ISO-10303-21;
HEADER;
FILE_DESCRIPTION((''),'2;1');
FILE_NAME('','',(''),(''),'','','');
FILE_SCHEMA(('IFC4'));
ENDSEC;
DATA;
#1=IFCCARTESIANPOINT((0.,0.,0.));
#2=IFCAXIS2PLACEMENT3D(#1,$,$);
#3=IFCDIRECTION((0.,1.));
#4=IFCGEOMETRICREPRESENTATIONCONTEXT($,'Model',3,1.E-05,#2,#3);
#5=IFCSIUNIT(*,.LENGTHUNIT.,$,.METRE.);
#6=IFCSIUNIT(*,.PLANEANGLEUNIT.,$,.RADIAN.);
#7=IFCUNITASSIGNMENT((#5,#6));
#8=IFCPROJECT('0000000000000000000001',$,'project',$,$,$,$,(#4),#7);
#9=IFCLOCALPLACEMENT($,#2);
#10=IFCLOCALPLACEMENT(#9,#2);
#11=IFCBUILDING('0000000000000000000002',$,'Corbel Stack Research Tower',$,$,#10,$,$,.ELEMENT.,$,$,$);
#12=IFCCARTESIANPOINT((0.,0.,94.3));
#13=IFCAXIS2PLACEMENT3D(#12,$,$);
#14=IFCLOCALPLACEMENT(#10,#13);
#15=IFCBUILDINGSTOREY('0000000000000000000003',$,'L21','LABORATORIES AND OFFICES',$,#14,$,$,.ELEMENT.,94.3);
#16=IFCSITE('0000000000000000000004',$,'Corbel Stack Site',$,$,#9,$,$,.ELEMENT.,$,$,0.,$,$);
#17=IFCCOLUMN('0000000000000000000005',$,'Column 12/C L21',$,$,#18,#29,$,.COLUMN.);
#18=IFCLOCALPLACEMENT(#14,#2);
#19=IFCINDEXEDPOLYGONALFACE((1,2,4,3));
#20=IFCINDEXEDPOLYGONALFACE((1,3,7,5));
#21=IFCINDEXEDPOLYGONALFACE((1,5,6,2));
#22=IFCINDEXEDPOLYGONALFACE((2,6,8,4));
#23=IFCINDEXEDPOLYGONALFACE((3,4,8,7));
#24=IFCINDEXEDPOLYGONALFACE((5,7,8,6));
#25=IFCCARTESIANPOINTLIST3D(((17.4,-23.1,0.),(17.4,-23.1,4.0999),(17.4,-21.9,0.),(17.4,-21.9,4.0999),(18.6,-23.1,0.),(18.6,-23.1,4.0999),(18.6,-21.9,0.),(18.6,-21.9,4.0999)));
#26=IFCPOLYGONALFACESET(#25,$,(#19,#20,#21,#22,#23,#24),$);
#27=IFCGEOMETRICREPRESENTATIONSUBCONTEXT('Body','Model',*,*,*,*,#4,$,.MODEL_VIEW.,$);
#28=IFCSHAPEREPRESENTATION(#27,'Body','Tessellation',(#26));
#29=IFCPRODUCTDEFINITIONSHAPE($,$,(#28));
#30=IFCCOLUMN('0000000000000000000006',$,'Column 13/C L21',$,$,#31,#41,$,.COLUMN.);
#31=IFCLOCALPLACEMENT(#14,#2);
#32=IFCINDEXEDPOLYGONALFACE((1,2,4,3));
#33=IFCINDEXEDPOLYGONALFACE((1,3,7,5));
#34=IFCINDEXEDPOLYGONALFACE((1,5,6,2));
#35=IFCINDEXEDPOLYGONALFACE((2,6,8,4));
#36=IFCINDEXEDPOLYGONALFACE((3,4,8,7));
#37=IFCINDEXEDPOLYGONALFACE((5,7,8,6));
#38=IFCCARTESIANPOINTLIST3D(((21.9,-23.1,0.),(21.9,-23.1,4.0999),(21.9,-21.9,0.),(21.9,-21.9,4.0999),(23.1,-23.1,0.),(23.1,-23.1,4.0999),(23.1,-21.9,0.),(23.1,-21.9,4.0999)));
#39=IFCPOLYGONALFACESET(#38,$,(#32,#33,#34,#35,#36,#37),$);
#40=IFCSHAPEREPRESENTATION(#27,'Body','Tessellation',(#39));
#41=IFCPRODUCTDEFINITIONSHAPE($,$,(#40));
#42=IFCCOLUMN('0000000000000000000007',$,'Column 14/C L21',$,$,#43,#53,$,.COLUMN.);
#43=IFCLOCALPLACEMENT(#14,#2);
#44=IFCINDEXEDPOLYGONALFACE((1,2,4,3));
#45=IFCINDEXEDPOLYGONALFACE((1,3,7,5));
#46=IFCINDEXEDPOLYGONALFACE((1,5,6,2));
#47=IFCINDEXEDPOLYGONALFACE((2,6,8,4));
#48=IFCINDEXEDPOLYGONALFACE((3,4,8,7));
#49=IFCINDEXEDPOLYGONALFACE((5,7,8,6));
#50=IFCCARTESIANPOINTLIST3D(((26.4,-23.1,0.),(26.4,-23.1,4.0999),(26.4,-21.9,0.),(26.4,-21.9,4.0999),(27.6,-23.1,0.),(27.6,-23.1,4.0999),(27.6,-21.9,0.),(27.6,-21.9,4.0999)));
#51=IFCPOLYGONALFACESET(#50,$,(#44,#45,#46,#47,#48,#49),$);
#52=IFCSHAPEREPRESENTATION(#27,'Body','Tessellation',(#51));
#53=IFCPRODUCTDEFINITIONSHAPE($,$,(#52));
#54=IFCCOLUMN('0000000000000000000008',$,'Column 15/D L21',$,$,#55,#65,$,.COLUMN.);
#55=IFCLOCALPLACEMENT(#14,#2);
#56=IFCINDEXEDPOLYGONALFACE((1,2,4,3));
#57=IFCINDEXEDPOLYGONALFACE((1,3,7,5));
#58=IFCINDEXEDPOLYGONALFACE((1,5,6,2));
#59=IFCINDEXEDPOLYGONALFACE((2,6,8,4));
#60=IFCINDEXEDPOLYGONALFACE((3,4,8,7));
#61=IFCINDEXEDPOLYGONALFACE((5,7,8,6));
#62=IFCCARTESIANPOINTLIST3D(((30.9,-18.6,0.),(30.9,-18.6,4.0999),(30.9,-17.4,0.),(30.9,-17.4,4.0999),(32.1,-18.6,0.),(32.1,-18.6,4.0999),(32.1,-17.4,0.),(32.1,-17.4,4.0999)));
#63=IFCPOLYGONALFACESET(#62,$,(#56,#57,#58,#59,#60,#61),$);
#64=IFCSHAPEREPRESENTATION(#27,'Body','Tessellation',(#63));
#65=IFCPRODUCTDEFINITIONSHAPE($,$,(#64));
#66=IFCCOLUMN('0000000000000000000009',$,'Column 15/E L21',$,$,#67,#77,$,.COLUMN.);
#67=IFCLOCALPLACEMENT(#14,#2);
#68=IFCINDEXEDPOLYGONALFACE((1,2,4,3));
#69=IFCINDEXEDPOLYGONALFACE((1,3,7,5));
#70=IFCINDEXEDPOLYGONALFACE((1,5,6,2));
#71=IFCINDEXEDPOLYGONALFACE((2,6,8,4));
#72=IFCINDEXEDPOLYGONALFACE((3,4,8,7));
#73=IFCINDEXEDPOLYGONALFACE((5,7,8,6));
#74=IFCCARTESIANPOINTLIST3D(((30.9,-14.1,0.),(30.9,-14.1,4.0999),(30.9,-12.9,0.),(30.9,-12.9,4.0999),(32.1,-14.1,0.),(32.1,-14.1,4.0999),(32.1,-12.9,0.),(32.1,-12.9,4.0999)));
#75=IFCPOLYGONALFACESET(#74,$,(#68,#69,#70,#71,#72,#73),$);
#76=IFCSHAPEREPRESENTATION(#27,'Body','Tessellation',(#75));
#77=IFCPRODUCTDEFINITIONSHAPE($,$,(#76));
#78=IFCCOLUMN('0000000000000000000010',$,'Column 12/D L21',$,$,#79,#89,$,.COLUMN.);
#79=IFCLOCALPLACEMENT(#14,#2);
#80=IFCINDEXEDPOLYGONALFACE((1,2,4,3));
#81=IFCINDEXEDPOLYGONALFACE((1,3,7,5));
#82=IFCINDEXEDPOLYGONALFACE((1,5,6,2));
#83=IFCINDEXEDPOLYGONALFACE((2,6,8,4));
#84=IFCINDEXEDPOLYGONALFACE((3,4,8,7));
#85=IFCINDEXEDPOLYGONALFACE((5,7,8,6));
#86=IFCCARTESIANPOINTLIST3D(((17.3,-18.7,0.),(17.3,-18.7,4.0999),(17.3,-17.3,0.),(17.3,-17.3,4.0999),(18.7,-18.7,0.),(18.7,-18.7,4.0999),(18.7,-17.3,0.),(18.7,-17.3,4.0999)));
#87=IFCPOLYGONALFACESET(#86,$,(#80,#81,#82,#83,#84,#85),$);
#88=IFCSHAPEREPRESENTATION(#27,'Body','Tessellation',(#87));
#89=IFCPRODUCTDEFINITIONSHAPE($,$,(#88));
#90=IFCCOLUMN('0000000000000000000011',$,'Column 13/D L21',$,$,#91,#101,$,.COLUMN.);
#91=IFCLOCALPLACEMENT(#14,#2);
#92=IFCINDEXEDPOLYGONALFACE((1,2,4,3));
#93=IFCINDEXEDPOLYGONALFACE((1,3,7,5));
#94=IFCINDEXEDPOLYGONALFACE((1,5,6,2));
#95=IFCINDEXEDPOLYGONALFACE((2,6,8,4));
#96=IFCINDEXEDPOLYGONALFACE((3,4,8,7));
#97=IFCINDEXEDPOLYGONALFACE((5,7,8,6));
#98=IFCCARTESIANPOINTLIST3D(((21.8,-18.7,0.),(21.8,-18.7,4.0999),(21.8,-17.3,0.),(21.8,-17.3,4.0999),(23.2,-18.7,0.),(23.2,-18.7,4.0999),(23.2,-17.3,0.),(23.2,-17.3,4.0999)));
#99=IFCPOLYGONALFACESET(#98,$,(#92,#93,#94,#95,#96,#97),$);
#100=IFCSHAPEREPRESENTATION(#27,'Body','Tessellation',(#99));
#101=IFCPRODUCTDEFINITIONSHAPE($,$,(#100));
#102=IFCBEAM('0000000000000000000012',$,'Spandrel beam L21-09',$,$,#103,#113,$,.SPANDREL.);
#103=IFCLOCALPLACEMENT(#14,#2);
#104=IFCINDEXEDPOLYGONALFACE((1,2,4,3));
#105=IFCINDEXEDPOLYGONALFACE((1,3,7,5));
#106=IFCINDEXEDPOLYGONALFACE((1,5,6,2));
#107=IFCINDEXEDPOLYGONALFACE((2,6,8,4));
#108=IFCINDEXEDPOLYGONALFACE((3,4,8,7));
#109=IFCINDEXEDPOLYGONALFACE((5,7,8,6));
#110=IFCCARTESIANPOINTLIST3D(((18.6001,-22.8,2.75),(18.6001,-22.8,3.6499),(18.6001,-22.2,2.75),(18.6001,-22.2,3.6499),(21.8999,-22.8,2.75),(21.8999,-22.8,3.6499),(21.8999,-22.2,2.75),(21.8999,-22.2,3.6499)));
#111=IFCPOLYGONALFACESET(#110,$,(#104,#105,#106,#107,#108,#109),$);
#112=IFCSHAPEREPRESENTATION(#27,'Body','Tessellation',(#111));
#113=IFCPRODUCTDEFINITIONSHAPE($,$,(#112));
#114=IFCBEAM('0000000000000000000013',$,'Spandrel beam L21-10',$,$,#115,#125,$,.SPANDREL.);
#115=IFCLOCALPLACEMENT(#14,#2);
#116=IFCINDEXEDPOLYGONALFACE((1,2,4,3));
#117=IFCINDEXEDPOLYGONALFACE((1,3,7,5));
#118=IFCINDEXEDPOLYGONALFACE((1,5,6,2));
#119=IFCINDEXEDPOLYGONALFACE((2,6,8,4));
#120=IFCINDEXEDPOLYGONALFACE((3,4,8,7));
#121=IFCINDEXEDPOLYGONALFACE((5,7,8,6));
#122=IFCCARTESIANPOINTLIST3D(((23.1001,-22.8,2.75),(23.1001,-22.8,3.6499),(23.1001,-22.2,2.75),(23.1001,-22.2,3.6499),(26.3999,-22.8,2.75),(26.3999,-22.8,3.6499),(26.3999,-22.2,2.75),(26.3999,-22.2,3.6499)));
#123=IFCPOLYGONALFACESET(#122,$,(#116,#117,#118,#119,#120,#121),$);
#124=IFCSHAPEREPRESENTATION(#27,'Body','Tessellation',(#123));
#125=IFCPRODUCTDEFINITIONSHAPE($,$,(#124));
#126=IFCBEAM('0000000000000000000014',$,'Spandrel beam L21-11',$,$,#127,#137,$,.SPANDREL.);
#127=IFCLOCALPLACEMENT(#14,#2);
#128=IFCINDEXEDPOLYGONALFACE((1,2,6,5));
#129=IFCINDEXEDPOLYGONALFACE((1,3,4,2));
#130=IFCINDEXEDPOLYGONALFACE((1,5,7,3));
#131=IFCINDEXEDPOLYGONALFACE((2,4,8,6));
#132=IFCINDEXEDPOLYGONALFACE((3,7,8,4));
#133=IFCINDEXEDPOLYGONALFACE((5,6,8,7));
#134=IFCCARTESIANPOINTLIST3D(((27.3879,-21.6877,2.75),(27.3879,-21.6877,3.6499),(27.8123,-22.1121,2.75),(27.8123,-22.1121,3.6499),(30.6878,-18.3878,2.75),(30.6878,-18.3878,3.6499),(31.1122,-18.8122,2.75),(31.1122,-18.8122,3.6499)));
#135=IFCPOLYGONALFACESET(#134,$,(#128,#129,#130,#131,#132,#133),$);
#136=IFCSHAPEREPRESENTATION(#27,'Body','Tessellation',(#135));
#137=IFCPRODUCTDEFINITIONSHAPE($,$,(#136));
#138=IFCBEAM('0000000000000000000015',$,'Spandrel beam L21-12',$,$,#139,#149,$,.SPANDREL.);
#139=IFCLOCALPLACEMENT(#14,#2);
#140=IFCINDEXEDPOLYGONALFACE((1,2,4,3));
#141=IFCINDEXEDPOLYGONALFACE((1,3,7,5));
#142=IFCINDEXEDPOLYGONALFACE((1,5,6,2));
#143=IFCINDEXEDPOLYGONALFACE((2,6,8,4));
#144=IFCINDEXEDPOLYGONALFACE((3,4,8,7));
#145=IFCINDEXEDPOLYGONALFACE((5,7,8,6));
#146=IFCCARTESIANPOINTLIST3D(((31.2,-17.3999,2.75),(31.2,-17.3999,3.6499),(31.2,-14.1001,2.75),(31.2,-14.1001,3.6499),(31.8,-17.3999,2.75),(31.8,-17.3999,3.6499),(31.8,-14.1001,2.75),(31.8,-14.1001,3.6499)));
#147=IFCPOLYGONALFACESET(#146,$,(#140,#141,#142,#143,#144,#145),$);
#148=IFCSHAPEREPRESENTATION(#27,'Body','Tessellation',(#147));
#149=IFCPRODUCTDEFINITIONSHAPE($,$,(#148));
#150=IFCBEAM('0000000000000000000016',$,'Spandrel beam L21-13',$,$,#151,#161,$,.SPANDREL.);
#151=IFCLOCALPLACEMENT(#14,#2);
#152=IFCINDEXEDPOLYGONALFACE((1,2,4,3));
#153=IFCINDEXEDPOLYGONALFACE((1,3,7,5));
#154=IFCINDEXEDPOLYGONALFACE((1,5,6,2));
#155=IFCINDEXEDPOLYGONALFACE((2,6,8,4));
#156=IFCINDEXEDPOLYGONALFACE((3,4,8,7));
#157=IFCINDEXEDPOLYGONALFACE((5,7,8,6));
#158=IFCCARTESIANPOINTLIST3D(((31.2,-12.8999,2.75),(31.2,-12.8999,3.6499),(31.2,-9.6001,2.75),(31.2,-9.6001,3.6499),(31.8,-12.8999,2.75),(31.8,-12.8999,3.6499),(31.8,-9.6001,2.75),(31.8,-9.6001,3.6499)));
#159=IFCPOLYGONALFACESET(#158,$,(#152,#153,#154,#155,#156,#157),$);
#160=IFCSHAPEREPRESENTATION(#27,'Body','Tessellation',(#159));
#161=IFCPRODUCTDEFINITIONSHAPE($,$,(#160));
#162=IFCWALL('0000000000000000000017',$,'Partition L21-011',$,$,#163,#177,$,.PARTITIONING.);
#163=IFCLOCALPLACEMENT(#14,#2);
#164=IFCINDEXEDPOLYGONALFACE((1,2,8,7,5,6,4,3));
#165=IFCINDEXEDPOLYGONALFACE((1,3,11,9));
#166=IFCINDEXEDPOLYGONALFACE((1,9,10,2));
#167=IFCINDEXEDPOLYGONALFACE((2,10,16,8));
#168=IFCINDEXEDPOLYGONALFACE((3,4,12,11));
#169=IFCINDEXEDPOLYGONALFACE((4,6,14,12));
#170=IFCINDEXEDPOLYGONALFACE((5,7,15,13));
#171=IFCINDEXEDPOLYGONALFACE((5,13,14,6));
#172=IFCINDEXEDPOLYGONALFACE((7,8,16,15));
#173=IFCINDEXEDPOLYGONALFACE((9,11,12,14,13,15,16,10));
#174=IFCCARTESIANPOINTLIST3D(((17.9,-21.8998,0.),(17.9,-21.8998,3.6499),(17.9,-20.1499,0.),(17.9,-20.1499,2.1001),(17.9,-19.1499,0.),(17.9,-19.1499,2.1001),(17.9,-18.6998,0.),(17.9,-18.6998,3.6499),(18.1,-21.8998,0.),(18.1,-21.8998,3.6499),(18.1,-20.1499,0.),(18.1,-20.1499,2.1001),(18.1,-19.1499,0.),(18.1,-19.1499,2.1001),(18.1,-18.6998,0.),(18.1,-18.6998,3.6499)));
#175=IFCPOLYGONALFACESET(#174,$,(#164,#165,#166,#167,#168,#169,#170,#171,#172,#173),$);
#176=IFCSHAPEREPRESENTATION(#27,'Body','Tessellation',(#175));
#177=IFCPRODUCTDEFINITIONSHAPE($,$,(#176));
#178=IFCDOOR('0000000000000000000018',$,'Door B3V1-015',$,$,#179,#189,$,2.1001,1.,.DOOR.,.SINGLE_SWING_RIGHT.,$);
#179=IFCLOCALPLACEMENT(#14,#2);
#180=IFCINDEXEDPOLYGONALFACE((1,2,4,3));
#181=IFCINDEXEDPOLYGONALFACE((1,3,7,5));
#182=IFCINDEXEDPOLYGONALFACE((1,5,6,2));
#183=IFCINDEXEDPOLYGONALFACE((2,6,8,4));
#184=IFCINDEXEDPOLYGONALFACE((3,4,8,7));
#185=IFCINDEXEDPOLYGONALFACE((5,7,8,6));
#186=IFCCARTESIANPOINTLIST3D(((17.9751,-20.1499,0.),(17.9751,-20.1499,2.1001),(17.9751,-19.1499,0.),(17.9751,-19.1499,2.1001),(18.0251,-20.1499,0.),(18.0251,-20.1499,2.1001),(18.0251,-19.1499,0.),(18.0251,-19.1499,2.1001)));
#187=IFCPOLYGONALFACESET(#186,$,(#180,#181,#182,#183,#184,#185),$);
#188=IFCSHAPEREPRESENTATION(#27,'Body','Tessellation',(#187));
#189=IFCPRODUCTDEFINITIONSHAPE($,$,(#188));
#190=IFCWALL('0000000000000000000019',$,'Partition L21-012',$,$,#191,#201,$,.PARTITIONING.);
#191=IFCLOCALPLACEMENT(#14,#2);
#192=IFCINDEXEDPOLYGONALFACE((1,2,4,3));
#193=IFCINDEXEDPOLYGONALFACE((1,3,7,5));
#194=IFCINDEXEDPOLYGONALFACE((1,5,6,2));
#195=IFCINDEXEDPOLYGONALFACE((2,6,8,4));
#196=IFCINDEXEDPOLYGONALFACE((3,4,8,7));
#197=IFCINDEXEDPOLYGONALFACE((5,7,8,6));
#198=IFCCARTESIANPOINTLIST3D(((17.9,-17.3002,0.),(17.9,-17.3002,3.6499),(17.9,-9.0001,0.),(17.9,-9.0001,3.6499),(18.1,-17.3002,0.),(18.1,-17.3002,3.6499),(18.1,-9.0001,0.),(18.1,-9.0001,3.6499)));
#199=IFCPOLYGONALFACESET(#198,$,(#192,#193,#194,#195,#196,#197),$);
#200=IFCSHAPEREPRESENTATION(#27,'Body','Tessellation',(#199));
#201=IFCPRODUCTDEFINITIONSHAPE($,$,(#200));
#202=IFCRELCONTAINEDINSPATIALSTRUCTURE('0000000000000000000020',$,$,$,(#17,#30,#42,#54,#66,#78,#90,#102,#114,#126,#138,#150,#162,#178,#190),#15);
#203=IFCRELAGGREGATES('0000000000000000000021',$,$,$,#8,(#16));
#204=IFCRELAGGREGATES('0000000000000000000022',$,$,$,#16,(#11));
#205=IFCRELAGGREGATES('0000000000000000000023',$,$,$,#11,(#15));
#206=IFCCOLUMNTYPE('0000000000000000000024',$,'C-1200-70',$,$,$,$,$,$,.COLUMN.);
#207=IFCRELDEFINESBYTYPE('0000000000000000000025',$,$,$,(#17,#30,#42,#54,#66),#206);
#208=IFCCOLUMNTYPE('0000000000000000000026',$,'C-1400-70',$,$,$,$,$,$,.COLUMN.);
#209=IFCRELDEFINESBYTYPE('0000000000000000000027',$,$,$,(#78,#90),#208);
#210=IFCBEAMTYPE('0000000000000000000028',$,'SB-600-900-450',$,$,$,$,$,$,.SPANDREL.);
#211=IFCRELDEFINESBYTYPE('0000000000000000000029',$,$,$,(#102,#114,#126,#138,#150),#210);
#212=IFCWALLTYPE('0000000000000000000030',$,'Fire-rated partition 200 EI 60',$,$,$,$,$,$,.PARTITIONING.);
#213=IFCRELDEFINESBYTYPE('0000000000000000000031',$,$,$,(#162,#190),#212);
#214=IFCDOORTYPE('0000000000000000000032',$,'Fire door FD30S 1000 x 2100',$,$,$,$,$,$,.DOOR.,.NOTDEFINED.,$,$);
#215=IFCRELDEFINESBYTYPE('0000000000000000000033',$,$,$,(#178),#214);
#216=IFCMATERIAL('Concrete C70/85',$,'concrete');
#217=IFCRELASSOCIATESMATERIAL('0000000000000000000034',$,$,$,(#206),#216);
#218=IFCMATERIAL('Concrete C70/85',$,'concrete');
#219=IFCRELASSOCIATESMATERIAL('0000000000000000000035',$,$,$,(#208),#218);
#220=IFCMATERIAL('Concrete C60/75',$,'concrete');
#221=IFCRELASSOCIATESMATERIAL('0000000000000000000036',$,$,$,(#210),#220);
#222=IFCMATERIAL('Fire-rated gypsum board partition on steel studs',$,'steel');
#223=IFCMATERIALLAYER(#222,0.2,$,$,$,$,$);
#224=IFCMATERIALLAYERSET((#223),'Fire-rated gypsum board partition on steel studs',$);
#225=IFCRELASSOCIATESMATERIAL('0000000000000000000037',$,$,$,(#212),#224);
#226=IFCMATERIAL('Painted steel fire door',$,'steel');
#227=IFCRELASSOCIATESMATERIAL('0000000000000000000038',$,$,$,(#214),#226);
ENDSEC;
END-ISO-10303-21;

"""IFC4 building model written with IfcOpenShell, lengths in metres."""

from ifc_helpers import new_model, si_unit, direction, frame, frame_2d, origin, origin_2d, place, context, subcontext, project, spatial, rectangle, extrude, material, layer, layer_set, material_profile, profile_set, type_object, element, fill, save


model = new_model("IFC4")

# Units and contexts
model_context = context("Model", 3, precision=1e-05, world=origin(), true_north=direction((0.0, 1.0)))
body_context = subcontext(model_context, "Body", "Model", "MODEL_VIEW")
ifc_project = project(units=[si_unit("LENGTHUNIT", "METRE"), si_unit("PLANEANGLEUNIT", "RADIAN")], contexts=[model_context])

# Site, building, storey
site_placement = place(None, origin())
site = spatial("IfcSite", under=ifc_project, at=site_placement, Name="Corbel Stack Site", CompositionType="ELEMENT", RefElevation=0.0)
building_placement = place(site_placement, origin())
building = spatial("IfcBuilding", under=site, at=building_placement, Name="Corbel Stack Research Tower", CompositionType="ELEMENT")
storey_placement = place(building_placement, frame((0.0, 0.0, 94.3)))
storey = spatial("IfcBuildingStorey", under=building, at=storey_placement, Name="L21", Description="LABORATORIES AND OFFICES", CompositionType="ELEMENT", Elevation=94.3)

# Columns
ifc_material_1 = material(Name="Concrete C70/85", Category="concrete")
ifc_material_profile_1 = material_profile(ifc_material_1, rectangle(XDim=1.2, YDim=1.2, at=origin_2d()), Name="RC 1200 x 1200")
ifc_profile_set_1 = profile_set([ifc_material_profile_1], Name="Concrete C70/85")
column_type_1 = type_object("IfcColumnType", Name="C-1200-70", PredefinedType="COLUMN", material=ifc_profile_set_1)
for number, where, z_axis, x_axis, name in (
    (1, (18.0, -22.5, 0.0), (0.0, 0.0, 1.0), (1.0, 0.0, 0.0), "Column 12/C L21"),
    (2, (22.5, -22.5, 0.0), (0.0, 0.0, 1.0), (1.0, 0.0, 0.0), "Column 13/C L21"),
    (3, (27.0, -22.5, 0.0), (0.0, 0.0, 1.0), (1.0, 0.0, 0.0), "Column 14/C L21"),
    (4, (31.5, -18.0, 0.0), (0.0, 0.0, 1.0), (1.0, 0.0, 0.0), "Column 15/D L21"),
    (5, (31.5, -13.5, 0.0), (0.0, 0.0, 1.0), (1.0, 0.0, 0.0), "Column 15/E L21"),
):
    element("IfcColumn", number, at=place(storey_placement, frame(where, z_axis=z_axis, x_axis=x_axis)), inside=storey, type_object=column_type_1, Name=name, PredefinedType="COLUMN", context=body_context, shape_type="SweptSolid", body=[
        extrude(rectangle(XDim=1.2, YDim=1.2, at=origin_2d()), origin(), (0.0, 0.0, 1.0), 4.0999),
    ])
ifc_material_2 = material(Name="Concrete C70/85", Category="concrete")
ifc_material_profile_2 = material_profile(ifc_material_2, rectangle(XDim=1.3999, YDim=1.3999, at=origin_2d()), Name="RC 1400 x 1400")
ifc_profile_set_2 = profile_set([ifc_material_profile_2], Name="Concrete C70/85")
column_type_2 = type_object("IfcColumnType", Name="C-1400-70", PredefinedType="COLUMN", material=ifc_profile_set_2)
for number, where, z_axis, x_axis, name in (
    (6, (18.0, -18.0, 0.0), (0.0, 0.0, 1.0), (1.0, 0.0, 0.0), "Column 12/D L21"),
    (7, (22.5, -18.0, 0.0), (0.0, 0.0, 1.0), (1.0, 0.0, 0.0), "Column 13/D L21"),
):
    element("IfcColumn", number, at=place(storey_placement, frame(where, z_axis=z_axis, x_axis=x_axis)), inside=storey, type_object=column_type_2, Name=name, PredefinedType="COLUMN", context=body_context, shape_type="SweptSolid", body=[
        extrude(rectangle(XDim=1.3999, YDim=1.3999, at=origin_2d()), origin(), (0.0, 0.0, 1.0), 4.0999),
    ])

# Beams
ifc_material_3 = material(Name="Concrete C60/75", Category="concrete")
ifc_material_profile_3 = material_profile(ifc_material_3, rectangle(XDim=0.6001, YDim=0.8999, at=origin_2d()), Name="RC 600 x 900")
ifc_profile_set_3 = profile_set([ifc_material_profile_3], Name="Concrete C60/75")
beam_type = type_object("IfcBeamType", Name="SB-600-900-450", PredefinedType="SPANDREL", material=ifc_profile_set_3)
for number, where, z_axis, x_axis, name in (
    (8, (18.6001, -22.5, 3.2), (1.0, 0.0, 0.0), (0.0, 1.0, 0.0), "Spandrel beam L21-09"),
    (9, (23.1001, -22.5, 3.2), (1.0, 0.0, 0.0), (0.0, 1.0, 0.0), "Spandrel beam L21-10"),
):
    element("IfcBeam", number, at=place(storey_placement, frame(where, z_axis=z_axis, x_axis=x_axis)), inside=storey, type_object=beam_type, Name=name, PredefinedType="SPANDREL", context=body_context, shape_type="SweptSolid", body=[
        extrude(rectangle(XDim=0.6001, YDim=0.8999, at=origin_2d()), origin(), (0.0, 0.0, 1.0), 3.2998),
    ])
beam_placement = place(storey_placement, frame((27.6001, -21.8999, 3.2), z_axis=(0.707107, 0.707107, 0.0), x_axis=(-0.707107, 0.707107, 0.0)))
element("IfcBeam", 10, at=beam_placement, inside=storey, type_object=beam_type, Name="Spandrel beam L21-11", PredefinedType="SPANDREL", context=body_context, shape_type="SweptSolid", body=[
    extrude(rectangle(XDim=0.6001, YDim=0.8999, at=origin_2d()), origin(), (0.0, 0.0, 1.0), 4.6667),
])
for number, where, z_axis, x_axis, name in (
    (11, (31.5, -17.3999, 3.2), (0.0, 1.0, 0.0), (-1.0, 0.0, 0.0), "Spandrel beam L21-12"),
    (12, (31.5, -12.8999, 3.2), (0.0, 1.0, 0.0), (-1.0, 0.0, 0.0), "Spandrel beam L21-13"),
):
    element("IfcBeam", number, at=place(storey_placement, frame(where, z_axis=z_axis, x_axis=x_axis)), inside=storey, type_object=beam_type, Name=name, PredefinedType="SPANDREL", context=body_context, shape_type="SweptSolid", body=[
        extrude(rectangle(XDim=0.6001, YDim=0.8999, at=origin_2d()), origin(), (0.0, 0.0, 1.0), 3.2998),
    ])

# Wall, opening, door
ifc_material_4 = material(Name="Fire-rated gypsum board partition on steel studs", Category="steel")
ifc_layer_1 = layer(ifc_material_4, 0.2)
ifc_layer_set_1 = layer_set([ifc_layer_1], Name="Fire-rated gypsum board partition on steel studs")
wall_type_1 = type_object("IfcWallType", Name="Fire-rated partition 200 EI 60", PredefinedType="PARTITIONING", material=ifc_layer_set_1)
wall_1_placement = place(storey_placement, frame((18.0, -21.8999, 0.0), z_axis=(0.0, 0.0, 1.0), x_axis=(0.0, 1.0, 0.0)))
wall_1 = element("IfcWall", 13, at=wall_1_placement, inside=storey, type_object=wall_type_1, Name="Partition L21-011", PredefinedType="PARTITIONING", context=body_context, shape_type="SweptSolid", body=[
    extrude(rectangle(XDim=3.2, YDim=0.2, at=frame_2d((1.6001, 0.0))), origin(), (0.0, 0.0, 1.0), 3.6499),
])
opening_1_placement = place(wall_1_placement, frame((1.75, 0.0, 0.0)))
opening_1 = element("IfcOpeningElement", 14, at=opening_1_placement, cuts=wall_1, PredefinedType="OPENING", context=body_context, shape_type="SweptSolid", body=[
    extrude(rectangle(XDim=1.0, YDim=2.1001, at=frame_2d((0.5, 1.05))), frame((0.0, 0.1099, 0.0), z_axis=(0.0, -1.0, 0.0), x_axis=(1.0, 0.0, 0.0)), (0.0, 0.0, 1.0), 0.22),
])
ifc_material_5 = material(Name="Painted steel fire door", Category="steel")
door_type_1 = type_object("IfcDoorType", Name="Fire door FD30S 1000 x 2100", OperationType="NOTDEFINED", PredefinedType="DOOR", material=ifc_material_5)
door_1_placement = place(opening_1_placement, origin())
door_1 = element("IfcDoor", 15, at=door_1_placement, inside=storey, type_object=door_type_1, Name="Door B3V1-015", OperationType="SINGLE_SWING_RIGHT", OverallHeight=2.1001, OverallWidth=1.0, PredefinedType="DOOR", context=body_context, shape_type="SweptSolid", body=[
    extrude(rectangle(XDim=1.0, YDim=2.1001, at=frame_2d((0.5, 1.05))), frame((0.0, 0.0249, 0.0), z_axis=(0.0, -1.0, 0.0), x_axis=(1.0, 0.0, 0.0)), (0.0, 0.0, 1.0), 0.05),
])
fill(opening_1, door_1)

# Wall
wall_2_placement = place(storey_placement, frame((18.0, -17.3, 0.0), z_axis=(0.0, 0.0, 1.0), x_axis=(0.0, 1.0, 0.0)))
element("IfcWall", 16, at=wall_2_placement, inside=storey, type_object=wall_type_1, Name="Partition L21-012", PredefinedType="PARTITIONING", context=body_context, shape_type="SweptSolid", body=[
    extrude(rectangle(XDim=8.3, YDim=0.2, at=frame_2d((4.1499, 0.0))), origin(), (0.0, 0.0, 1.0), 3.6499),
])

save(model, "model.ifc")
